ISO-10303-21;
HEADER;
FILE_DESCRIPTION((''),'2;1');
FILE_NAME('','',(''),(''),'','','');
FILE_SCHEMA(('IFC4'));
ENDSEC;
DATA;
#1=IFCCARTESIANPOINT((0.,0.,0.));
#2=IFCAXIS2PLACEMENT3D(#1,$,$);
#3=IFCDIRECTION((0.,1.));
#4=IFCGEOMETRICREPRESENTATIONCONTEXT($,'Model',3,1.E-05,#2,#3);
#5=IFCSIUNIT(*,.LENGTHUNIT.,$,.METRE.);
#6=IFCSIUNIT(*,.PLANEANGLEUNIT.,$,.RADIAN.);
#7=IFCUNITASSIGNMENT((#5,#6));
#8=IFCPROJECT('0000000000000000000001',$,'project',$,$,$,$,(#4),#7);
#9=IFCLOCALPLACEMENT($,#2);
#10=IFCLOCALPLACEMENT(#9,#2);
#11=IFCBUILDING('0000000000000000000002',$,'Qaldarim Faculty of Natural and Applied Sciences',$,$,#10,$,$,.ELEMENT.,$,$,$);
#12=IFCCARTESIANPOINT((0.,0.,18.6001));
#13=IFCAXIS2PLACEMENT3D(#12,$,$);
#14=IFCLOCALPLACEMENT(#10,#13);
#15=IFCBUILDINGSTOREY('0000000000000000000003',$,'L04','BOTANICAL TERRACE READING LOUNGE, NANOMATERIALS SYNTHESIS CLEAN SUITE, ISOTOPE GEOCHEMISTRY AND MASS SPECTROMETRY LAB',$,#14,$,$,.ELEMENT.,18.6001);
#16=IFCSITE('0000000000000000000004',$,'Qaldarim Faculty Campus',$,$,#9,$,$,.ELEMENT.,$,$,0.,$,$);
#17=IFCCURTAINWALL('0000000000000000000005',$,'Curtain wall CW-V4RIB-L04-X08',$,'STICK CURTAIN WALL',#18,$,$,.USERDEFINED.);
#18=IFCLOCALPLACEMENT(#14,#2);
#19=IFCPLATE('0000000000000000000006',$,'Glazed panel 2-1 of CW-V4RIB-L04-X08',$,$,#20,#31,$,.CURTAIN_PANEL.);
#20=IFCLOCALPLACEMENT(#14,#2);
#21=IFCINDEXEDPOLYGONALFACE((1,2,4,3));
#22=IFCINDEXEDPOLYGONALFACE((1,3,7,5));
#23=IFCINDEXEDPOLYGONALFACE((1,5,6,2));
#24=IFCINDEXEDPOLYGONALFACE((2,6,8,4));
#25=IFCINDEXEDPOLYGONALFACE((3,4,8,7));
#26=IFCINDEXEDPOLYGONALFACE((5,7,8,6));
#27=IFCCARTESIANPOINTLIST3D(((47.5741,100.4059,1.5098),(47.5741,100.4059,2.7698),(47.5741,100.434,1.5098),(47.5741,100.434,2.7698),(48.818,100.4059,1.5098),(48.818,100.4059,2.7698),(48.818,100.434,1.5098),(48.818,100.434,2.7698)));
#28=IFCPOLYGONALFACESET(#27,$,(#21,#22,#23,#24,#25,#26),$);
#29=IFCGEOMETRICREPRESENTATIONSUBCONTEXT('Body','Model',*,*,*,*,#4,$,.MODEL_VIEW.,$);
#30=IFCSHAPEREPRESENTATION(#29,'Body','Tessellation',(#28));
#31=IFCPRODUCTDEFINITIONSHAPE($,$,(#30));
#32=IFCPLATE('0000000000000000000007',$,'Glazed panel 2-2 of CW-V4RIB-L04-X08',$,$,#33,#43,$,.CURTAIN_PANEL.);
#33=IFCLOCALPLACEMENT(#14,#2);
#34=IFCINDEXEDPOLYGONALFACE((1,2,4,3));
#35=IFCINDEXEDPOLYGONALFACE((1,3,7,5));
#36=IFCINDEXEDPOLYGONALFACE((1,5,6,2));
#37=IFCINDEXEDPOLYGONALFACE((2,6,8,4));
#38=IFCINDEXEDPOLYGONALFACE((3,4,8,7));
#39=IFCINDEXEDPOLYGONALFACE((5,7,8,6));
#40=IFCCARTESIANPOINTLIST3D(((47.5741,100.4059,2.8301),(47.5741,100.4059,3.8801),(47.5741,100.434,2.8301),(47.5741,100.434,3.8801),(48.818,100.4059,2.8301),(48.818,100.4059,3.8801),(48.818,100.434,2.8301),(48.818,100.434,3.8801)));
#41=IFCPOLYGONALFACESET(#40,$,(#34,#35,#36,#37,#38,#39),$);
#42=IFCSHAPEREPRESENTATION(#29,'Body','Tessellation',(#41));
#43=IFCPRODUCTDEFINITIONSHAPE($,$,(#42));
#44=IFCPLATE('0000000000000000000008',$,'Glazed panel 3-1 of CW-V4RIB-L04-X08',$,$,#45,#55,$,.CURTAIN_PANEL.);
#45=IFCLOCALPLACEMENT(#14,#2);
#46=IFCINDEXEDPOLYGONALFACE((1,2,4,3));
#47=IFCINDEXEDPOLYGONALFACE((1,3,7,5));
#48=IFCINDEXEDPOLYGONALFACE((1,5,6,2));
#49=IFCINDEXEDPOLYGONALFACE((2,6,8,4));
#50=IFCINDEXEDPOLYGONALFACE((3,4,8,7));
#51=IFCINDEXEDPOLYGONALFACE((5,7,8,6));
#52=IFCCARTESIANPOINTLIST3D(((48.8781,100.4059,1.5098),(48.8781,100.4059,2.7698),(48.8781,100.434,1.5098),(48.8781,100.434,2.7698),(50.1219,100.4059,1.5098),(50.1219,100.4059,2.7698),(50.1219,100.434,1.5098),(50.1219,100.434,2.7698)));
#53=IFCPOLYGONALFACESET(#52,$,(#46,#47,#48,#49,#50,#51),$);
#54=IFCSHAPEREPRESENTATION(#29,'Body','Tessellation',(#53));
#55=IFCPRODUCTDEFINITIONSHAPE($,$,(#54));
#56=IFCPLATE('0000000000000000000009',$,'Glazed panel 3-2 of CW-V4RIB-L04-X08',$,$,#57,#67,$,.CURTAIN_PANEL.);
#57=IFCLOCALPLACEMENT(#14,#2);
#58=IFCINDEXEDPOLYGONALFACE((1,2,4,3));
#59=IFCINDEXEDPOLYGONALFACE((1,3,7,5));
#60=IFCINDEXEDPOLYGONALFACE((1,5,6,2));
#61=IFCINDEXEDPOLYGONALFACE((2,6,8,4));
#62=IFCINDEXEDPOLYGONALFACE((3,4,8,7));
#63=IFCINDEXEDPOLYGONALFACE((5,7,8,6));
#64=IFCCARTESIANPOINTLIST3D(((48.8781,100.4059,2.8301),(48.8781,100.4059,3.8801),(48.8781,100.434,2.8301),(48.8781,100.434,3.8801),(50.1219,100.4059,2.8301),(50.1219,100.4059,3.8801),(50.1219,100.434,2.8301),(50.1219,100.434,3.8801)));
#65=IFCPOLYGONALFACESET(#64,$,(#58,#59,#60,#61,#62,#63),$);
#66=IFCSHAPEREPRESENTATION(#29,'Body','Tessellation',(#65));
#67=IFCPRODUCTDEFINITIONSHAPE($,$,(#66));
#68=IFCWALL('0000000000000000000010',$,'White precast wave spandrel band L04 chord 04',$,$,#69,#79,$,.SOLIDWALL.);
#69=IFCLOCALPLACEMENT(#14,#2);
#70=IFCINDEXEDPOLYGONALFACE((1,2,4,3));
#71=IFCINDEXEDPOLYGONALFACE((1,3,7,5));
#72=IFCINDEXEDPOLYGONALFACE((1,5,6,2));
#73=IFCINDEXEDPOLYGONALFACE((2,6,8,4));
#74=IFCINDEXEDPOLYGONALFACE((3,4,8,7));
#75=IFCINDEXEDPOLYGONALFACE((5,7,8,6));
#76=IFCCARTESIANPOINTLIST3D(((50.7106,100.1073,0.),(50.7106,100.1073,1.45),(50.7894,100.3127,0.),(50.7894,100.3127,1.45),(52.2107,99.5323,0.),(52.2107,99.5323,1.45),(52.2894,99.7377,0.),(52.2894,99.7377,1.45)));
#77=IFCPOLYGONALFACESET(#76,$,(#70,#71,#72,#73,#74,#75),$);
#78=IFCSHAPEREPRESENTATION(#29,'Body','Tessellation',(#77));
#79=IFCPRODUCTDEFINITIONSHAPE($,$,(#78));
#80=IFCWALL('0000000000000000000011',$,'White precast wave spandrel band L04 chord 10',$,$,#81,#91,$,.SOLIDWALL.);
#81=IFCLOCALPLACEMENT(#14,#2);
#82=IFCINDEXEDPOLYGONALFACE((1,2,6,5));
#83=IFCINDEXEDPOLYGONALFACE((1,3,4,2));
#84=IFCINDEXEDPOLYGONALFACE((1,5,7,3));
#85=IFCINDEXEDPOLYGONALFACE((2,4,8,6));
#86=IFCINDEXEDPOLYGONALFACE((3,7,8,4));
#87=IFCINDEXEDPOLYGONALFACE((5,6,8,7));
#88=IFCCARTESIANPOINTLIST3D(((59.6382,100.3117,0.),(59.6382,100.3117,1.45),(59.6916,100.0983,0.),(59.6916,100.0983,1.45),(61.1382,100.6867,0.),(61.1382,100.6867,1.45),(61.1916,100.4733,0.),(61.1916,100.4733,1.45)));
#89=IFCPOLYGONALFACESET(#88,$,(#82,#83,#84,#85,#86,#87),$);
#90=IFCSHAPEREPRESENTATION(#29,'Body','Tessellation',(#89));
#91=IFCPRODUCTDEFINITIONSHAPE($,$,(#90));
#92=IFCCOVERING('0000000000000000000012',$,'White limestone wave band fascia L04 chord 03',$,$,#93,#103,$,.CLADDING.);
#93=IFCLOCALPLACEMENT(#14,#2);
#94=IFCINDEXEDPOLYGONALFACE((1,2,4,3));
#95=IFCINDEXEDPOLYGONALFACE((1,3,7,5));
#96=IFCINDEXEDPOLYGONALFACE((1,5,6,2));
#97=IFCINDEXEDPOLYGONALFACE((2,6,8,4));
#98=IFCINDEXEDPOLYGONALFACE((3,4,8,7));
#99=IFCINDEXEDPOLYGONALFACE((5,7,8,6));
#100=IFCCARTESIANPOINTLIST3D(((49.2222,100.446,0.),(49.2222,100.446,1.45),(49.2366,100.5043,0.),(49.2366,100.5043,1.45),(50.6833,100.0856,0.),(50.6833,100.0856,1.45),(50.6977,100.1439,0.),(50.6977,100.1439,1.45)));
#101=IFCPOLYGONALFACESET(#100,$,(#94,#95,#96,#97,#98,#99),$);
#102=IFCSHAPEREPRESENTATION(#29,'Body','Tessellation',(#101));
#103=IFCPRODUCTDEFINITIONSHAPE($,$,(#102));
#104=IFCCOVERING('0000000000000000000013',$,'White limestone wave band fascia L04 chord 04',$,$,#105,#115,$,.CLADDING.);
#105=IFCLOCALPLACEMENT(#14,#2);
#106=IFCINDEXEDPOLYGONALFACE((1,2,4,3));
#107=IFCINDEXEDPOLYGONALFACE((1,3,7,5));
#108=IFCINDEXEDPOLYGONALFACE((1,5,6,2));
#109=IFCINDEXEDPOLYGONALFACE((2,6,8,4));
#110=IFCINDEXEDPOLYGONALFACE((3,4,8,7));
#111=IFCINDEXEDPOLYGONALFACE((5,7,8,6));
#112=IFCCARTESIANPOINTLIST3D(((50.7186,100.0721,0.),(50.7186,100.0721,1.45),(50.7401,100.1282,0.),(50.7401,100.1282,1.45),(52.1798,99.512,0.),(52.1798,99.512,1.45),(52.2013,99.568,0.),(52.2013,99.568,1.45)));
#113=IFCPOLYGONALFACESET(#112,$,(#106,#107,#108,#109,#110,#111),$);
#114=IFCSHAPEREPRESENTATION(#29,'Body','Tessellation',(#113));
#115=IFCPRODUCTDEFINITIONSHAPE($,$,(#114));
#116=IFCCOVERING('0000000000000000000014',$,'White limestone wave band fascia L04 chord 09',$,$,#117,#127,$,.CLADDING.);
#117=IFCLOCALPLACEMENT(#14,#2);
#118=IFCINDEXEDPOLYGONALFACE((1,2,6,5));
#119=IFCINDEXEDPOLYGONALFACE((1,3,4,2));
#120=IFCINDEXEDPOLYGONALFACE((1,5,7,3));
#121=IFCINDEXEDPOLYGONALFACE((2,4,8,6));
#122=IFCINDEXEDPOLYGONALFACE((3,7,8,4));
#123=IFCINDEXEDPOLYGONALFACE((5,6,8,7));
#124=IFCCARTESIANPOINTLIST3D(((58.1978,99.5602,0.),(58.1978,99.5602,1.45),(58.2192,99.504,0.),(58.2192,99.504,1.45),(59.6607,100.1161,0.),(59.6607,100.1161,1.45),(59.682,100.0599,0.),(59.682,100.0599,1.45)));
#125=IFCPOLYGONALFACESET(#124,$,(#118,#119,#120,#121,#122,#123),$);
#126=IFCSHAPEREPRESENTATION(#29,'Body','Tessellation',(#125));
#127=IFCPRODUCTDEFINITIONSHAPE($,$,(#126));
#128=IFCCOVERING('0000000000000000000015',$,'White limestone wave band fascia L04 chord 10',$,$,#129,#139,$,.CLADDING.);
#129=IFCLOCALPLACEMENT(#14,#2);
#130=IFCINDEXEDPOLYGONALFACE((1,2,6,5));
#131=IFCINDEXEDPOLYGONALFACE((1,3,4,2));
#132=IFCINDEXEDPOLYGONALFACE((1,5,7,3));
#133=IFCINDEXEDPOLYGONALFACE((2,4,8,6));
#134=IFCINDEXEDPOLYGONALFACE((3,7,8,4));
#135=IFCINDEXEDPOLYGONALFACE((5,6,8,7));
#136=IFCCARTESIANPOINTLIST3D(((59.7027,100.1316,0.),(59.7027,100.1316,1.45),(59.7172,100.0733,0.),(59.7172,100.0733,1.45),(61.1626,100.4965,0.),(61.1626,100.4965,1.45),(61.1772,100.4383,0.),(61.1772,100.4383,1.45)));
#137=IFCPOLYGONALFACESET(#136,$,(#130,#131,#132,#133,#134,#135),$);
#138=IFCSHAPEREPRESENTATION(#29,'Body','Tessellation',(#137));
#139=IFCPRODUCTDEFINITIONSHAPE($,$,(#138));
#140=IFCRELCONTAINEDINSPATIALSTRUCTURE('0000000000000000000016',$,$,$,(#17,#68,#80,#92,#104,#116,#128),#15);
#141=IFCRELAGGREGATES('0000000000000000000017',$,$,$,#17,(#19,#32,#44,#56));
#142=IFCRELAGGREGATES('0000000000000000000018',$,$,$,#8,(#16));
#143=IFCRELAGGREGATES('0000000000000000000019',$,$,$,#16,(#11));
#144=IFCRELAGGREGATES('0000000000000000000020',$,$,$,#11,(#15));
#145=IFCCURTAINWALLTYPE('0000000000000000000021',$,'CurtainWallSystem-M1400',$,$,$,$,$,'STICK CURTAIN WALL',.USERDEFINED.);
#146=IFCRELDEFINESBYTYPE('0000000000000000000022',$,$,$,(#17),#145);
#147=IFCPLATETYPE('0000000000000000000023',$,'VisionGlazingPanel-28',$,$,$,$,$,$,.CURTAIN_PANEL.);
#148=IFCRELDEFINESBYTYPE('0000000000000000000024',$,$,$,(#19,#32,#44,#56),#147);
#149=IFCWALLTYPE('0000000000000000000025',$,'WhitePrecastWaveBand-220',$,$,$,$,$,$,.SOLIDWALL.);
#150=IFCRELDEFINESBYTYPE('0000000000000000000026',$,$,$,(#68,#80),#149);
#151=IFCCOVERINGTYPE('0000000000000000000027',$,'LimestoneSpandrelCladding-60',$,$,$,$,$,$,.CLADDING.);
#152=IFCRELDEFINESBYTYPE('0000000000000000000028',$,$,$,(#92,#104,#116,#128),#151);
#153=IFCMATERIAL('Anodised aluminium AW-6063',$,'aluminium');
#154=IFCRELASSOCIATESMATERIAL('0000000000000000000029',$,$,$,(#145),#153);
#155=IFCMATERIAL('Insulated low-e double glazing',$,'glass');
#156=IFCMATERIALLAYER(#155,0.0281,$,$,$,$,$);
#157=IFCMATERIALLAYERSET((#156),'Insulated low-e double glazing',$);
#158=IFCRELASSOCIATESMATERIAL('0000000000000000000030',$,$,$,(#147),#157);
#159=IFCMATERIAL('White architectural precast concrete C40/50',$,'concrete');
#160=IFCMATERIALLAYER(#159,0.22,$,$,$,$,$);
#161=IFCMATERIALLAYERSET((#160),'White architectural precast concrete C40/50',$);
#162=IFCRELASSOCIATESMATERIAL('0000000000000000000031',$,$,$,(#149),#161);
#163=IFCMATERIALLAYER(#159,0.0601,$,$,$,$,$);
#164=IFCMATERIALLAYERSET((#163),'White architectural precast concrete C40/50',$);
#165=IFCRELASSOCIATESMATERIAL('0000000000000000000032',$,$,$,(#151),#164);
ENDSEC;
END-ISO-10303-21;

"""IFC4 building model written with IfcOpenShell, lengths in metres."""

from ifc_helpers import new_model, si_unit, direction, frame, frame_2d, origin, origin_2d, place, context, subcontext, project, spatial, rectangle, extrude, material, layer, layer_set, type_object, element, aggregate, save


model = new_model("IFC4")

# Units and contexts
model_context = context("Model", 3, precision=1e-05, world=origin(), true_north=direction((0.0, 1.0)))
body_context = subcontext(model_context, "Body", "Model", "MODEL_VIEW")
ifc_project = project(units=[si_unit("LENGTHUNIT", "METRE"), si_unit("PLANEANGLEUNIT", "RADIAN")], contexts=[model_context])

# Site, building, storey
site_placement = place(None, origin())
site = spatial("IfcSite", under=ifc_project, at=site_placement, Name="Qaldarim Faculty Campus", CompositionType="ELEMENT", RefElevation=0.0)
building_placement = place(site_placement, origin())
building = spatial("IfcBuilding", under=site, at=building_placement, Name="Qaldarim Faculty of Natural and Applied Sciences", CompositionType="ELEMENT")
storey_placement = place(building_placement, frame((0.0, 0.0, 18.6001)))
storey = spatial("IfcBuildingStorey", under=building, at=storey_placement, Name="L04", Description="BOTANICAL TERRACE READING LOUNGE, NANOMATERIALS SYNTHESIS CLEAN SUITE, ISOTOPE GEOCHEMISTRY AND MASS SPECTROMETRY LAB", CompositionType="ELEMENT", Elevation=18.6001)

# Curtain wall, plates
ifc_material_1 = material(Name="Anodised aluminium AW-6063", Category="aluminium")
curtain_wall_type = type_object("IfcCurtainWallType", Name="CurtainWallSystem-M1400", ElementType="STICK CURTAIN WALL", PredefinedType="USERDEFINED", material=ifc_material_1)
curtain_wall_placement = place(storey_placement, origin())
curtain_wall = element("IfcCurtainWall", 1, at=curtain_wall_placement, inside=storey, type_object=curtain_wall_type, Name="Curtain wall CW-V4RIB-L04-X08", ObjectType="STICK CURTAIN WALL", PredefinedType="USERDEFINED")
ifc_material_2 = material(Name="Insulated low-e double glazing", Category="glass")
ifc_layer_1 = layer(ifc_material_2, 0.0281)
ifc_layer_set_1 = layer_set([ifc_layer_1], Name="Insulated low-e double glazing")
plate_type = type_object("IfcPlateType", Name="VisionGlazingPanel-28", PredefinedType="CURTAIN_PANEL", material=ifc_layer_set_1)
plate_1_placement = place(storey_placement, frame((48.196, 100.4199, 1.5098), z_axis=(0.0, 0.0, 1.0), x_axis=(1.0, 0.0, 0.0)))
plate_1 = element("IfcPlate", 2, at=plate_1_placement, type_object=plate_type, Name="Glazed panel 2-1 of CW-V4RIB-L04-X08", PredefinedType="CURTAIN_PANEL", context=body_context, shape_type="SweptSolid", body=[
    extrude(rectangle(XDim=1.2439, YDim=0.0281, at=origin_2d()), origin(), (0.0, 0.0, 1.0), 1.26),
])
plate_2_placement = place(storey_placement, frame((48.196, 100.4199, 2.8301), z_axis=(0.0, 0.0, 1.0), x_axis=(1.0, 0.0, 0.0)))
plate_2 = element("IfcPlate", 3, at=plate_2_placement, type_object=plate_type, Name="Glazed panel 2-2 of CW-V4RIB-L04-X08", PredefinedType="CURTAIN_PANEL", context=body_context, shape_type="SweptSolid", body=[
    extrude(rectangle(XDim=1.2439, YDim=0.0281, at=origin_2d()), origin(), (0.0, 0.0, 1.0), 1.05),
])
plate_3_placement = place(storey_placement, frame((49.5, 100.4199, 1.5098), z_axis=(0.0, 0.0, 1.0), x_axis=(1.0, 0.0, 0.0)))
plate_3 = element("IfcPlate", 4, at=plate_3_placement, type_object=plate_type, Name="Glazed panel 3-1 of CW-V4RIB-L04-X08", PredefinedType="CURTAIN_PANEL", context=body_context, shape_type="SweptSolid", body=[
    extrude(rectangle(XDim=1.2439, YDim=0.0281, at=origin_2d()), origin(), (0.0, 0.0, 1.0), 1.26),
])
plate_4_placement = place(storey_placement, frame((49.5, 100.4199, 2.8301), z_axis=(0.0, 0.0, 1.0), x_axis=(1.0, 0.0, 0.0)))
plate_4 = element("IfcPlate", 5, at=plate_4_placement, type_object=plate_type, Name="Glazed panel 3-2 of CW-V4RIB-L04-X08", PredefinedType="CURTAIN_PANEL", context=body_context, shape_type="SweptSolid", body=[
    extrude(rectangle(XDim=1.2439, YDim=0.0281, at=origin_2d()), origin(), (0.0, 0.0, 1.0), 1.05),
])
aggregate(curtain_wall, [plate_1, plate_2, plate_3, plate_4])

# Walls
ifc_material_3 = material(Name="White architectural precast concrete C40/50", Category="concrete")
ifc_layer_2 = layer(ifc_material_3, 0.22)
ifc_layer_set_2 = layer_set([ifc_layer_2], Name="White architectural precast concrete C40/50")
wall_type = type_object("IfcWallType", Name="WhitePrecastWaveBand-220", PredefinedType="SOLIDWALL", material=ifc_layer_set_2)
wall_1_placement = place(storey_placement, frame((50.75, 100.21, 0.0), z_axis=(0.0, 0.0, 1.0), x_axis=(0.933756, -0.35791, 0.0)))
element("IfcWall", 6, at=wall_1_placement, inside=storey, type_object=wall_type, Name="White precast wave spandrel band L04 chord 04", PredefinedType="SOLIDWALL", context=body_context, shape_type="SweptSolid", body=[
    extrude(rectangle(XDim=1.6064, YDim=0.22, at=frame_2d((0.8032, 0.0))), origin(), (0.0, 0.0, 1.0), 1.45),
])
wall_2_placement = place(storey_placement, frame((59.665, 100.2051, 0.0), z_axis=(0.0, 0.0, 1.0), x_axis=(0.970143, 0.242536, 0.0)))
element("IfcWall", 7, at=wall_2_placement, inside=storey, type_object=wall_type, Name="White precast wave spandrel band L04 chord 10", PredefinedType="SOLIDWALL", context=body_context, shape_type="SweptSolid", body=[
    extrude(rectangle(XDim=1.5461, YDim=0.22, at=frame_2d((0.7729, 0.0))), origin(), (0.0, 0.0, 1.0), 1.45),
])

# Coverings
ifc_layer_3 = layer(ifc_material_3, 0.0601)
ifc_layer_set_3 = layer_set([ifc_layer_3], Name="White architectural precast concrete C40/50")
covering_type = type_object("IfcCoveringType", Name="LimestoneSpandrelCladding-60", PredefinedType="CLADDING", material=ifc_layer_set_3)
covering_1_placement = place(storey_placement, frame((49.96, 100.2949, 0.0), z_axis=(0.0, 0.0, 1.0), x_axis=(0.970901, -0.239483, 0.0)))
element("IfcCovering", 8, at=covering_1_placement, inside=storey, type_object=covering_type, Name="White limestone wave band fascia L04 chord 03", PredefinedType="CLADDING", context=body_context, shape_type="SweptSolid", body=[
    extrude(rectangle(XDim=1.5049, YDim=0.0601, at=origin_2d()), origin(), (0.0, 0.0, 1.0), 1.45),
])
for number, where, z_axis, x_axis, name in (
    (9, (51.46, 99.8201, 0.0), (0.0, 0.0, 1.0), (0.933749, -0.357928, 0.0), "White limestone wave band fascia L04 chord 04"),
    (10, (58.9399, 99.8101, 0.0), (0.0, 0.0, 1.0), (0.934782, 0.355221, 0.0), "White limestone wave band fascia L04 chord 09"),
):
    element("IfcCovering", number, at=place(storey_placement, frame(where, z_axis=z_axis, x_axis=x_axis)), inside=storey, type_object=covering_type, Name=name, PredefinedType="CLADDING", context=body_context, shape_type="SweptSolid", body=[
        extrude(rectangle(XDim=1.5649, YDim=0.0601, at=origin_2d()), origin(), (0.0, 0.0, 1.0), 1.45),
    ])
covering_2_placement = place(storey_placement, frame((60.4399, 100.2849, 0.0), z_axis=(0.0, 0.0, 1.0), x_axis=(0.970144, 0.242532, 0.0)))
element("IfcCovering", 11, at=covering_2_placement, inside=storey, type_object=covering_type, Name="White limestone wave band fascia L04 chord 10", PredefinedType="CLADDING", context=body_context, shape_type="SweptSolid", body=[
    extrude(rectangle(XDim=1.5049, YDim=0.0601, at=origin_2d()), origin(), (0.0, 0.0, 1.0), 1.45),
])

save(model, "model.ifc")
